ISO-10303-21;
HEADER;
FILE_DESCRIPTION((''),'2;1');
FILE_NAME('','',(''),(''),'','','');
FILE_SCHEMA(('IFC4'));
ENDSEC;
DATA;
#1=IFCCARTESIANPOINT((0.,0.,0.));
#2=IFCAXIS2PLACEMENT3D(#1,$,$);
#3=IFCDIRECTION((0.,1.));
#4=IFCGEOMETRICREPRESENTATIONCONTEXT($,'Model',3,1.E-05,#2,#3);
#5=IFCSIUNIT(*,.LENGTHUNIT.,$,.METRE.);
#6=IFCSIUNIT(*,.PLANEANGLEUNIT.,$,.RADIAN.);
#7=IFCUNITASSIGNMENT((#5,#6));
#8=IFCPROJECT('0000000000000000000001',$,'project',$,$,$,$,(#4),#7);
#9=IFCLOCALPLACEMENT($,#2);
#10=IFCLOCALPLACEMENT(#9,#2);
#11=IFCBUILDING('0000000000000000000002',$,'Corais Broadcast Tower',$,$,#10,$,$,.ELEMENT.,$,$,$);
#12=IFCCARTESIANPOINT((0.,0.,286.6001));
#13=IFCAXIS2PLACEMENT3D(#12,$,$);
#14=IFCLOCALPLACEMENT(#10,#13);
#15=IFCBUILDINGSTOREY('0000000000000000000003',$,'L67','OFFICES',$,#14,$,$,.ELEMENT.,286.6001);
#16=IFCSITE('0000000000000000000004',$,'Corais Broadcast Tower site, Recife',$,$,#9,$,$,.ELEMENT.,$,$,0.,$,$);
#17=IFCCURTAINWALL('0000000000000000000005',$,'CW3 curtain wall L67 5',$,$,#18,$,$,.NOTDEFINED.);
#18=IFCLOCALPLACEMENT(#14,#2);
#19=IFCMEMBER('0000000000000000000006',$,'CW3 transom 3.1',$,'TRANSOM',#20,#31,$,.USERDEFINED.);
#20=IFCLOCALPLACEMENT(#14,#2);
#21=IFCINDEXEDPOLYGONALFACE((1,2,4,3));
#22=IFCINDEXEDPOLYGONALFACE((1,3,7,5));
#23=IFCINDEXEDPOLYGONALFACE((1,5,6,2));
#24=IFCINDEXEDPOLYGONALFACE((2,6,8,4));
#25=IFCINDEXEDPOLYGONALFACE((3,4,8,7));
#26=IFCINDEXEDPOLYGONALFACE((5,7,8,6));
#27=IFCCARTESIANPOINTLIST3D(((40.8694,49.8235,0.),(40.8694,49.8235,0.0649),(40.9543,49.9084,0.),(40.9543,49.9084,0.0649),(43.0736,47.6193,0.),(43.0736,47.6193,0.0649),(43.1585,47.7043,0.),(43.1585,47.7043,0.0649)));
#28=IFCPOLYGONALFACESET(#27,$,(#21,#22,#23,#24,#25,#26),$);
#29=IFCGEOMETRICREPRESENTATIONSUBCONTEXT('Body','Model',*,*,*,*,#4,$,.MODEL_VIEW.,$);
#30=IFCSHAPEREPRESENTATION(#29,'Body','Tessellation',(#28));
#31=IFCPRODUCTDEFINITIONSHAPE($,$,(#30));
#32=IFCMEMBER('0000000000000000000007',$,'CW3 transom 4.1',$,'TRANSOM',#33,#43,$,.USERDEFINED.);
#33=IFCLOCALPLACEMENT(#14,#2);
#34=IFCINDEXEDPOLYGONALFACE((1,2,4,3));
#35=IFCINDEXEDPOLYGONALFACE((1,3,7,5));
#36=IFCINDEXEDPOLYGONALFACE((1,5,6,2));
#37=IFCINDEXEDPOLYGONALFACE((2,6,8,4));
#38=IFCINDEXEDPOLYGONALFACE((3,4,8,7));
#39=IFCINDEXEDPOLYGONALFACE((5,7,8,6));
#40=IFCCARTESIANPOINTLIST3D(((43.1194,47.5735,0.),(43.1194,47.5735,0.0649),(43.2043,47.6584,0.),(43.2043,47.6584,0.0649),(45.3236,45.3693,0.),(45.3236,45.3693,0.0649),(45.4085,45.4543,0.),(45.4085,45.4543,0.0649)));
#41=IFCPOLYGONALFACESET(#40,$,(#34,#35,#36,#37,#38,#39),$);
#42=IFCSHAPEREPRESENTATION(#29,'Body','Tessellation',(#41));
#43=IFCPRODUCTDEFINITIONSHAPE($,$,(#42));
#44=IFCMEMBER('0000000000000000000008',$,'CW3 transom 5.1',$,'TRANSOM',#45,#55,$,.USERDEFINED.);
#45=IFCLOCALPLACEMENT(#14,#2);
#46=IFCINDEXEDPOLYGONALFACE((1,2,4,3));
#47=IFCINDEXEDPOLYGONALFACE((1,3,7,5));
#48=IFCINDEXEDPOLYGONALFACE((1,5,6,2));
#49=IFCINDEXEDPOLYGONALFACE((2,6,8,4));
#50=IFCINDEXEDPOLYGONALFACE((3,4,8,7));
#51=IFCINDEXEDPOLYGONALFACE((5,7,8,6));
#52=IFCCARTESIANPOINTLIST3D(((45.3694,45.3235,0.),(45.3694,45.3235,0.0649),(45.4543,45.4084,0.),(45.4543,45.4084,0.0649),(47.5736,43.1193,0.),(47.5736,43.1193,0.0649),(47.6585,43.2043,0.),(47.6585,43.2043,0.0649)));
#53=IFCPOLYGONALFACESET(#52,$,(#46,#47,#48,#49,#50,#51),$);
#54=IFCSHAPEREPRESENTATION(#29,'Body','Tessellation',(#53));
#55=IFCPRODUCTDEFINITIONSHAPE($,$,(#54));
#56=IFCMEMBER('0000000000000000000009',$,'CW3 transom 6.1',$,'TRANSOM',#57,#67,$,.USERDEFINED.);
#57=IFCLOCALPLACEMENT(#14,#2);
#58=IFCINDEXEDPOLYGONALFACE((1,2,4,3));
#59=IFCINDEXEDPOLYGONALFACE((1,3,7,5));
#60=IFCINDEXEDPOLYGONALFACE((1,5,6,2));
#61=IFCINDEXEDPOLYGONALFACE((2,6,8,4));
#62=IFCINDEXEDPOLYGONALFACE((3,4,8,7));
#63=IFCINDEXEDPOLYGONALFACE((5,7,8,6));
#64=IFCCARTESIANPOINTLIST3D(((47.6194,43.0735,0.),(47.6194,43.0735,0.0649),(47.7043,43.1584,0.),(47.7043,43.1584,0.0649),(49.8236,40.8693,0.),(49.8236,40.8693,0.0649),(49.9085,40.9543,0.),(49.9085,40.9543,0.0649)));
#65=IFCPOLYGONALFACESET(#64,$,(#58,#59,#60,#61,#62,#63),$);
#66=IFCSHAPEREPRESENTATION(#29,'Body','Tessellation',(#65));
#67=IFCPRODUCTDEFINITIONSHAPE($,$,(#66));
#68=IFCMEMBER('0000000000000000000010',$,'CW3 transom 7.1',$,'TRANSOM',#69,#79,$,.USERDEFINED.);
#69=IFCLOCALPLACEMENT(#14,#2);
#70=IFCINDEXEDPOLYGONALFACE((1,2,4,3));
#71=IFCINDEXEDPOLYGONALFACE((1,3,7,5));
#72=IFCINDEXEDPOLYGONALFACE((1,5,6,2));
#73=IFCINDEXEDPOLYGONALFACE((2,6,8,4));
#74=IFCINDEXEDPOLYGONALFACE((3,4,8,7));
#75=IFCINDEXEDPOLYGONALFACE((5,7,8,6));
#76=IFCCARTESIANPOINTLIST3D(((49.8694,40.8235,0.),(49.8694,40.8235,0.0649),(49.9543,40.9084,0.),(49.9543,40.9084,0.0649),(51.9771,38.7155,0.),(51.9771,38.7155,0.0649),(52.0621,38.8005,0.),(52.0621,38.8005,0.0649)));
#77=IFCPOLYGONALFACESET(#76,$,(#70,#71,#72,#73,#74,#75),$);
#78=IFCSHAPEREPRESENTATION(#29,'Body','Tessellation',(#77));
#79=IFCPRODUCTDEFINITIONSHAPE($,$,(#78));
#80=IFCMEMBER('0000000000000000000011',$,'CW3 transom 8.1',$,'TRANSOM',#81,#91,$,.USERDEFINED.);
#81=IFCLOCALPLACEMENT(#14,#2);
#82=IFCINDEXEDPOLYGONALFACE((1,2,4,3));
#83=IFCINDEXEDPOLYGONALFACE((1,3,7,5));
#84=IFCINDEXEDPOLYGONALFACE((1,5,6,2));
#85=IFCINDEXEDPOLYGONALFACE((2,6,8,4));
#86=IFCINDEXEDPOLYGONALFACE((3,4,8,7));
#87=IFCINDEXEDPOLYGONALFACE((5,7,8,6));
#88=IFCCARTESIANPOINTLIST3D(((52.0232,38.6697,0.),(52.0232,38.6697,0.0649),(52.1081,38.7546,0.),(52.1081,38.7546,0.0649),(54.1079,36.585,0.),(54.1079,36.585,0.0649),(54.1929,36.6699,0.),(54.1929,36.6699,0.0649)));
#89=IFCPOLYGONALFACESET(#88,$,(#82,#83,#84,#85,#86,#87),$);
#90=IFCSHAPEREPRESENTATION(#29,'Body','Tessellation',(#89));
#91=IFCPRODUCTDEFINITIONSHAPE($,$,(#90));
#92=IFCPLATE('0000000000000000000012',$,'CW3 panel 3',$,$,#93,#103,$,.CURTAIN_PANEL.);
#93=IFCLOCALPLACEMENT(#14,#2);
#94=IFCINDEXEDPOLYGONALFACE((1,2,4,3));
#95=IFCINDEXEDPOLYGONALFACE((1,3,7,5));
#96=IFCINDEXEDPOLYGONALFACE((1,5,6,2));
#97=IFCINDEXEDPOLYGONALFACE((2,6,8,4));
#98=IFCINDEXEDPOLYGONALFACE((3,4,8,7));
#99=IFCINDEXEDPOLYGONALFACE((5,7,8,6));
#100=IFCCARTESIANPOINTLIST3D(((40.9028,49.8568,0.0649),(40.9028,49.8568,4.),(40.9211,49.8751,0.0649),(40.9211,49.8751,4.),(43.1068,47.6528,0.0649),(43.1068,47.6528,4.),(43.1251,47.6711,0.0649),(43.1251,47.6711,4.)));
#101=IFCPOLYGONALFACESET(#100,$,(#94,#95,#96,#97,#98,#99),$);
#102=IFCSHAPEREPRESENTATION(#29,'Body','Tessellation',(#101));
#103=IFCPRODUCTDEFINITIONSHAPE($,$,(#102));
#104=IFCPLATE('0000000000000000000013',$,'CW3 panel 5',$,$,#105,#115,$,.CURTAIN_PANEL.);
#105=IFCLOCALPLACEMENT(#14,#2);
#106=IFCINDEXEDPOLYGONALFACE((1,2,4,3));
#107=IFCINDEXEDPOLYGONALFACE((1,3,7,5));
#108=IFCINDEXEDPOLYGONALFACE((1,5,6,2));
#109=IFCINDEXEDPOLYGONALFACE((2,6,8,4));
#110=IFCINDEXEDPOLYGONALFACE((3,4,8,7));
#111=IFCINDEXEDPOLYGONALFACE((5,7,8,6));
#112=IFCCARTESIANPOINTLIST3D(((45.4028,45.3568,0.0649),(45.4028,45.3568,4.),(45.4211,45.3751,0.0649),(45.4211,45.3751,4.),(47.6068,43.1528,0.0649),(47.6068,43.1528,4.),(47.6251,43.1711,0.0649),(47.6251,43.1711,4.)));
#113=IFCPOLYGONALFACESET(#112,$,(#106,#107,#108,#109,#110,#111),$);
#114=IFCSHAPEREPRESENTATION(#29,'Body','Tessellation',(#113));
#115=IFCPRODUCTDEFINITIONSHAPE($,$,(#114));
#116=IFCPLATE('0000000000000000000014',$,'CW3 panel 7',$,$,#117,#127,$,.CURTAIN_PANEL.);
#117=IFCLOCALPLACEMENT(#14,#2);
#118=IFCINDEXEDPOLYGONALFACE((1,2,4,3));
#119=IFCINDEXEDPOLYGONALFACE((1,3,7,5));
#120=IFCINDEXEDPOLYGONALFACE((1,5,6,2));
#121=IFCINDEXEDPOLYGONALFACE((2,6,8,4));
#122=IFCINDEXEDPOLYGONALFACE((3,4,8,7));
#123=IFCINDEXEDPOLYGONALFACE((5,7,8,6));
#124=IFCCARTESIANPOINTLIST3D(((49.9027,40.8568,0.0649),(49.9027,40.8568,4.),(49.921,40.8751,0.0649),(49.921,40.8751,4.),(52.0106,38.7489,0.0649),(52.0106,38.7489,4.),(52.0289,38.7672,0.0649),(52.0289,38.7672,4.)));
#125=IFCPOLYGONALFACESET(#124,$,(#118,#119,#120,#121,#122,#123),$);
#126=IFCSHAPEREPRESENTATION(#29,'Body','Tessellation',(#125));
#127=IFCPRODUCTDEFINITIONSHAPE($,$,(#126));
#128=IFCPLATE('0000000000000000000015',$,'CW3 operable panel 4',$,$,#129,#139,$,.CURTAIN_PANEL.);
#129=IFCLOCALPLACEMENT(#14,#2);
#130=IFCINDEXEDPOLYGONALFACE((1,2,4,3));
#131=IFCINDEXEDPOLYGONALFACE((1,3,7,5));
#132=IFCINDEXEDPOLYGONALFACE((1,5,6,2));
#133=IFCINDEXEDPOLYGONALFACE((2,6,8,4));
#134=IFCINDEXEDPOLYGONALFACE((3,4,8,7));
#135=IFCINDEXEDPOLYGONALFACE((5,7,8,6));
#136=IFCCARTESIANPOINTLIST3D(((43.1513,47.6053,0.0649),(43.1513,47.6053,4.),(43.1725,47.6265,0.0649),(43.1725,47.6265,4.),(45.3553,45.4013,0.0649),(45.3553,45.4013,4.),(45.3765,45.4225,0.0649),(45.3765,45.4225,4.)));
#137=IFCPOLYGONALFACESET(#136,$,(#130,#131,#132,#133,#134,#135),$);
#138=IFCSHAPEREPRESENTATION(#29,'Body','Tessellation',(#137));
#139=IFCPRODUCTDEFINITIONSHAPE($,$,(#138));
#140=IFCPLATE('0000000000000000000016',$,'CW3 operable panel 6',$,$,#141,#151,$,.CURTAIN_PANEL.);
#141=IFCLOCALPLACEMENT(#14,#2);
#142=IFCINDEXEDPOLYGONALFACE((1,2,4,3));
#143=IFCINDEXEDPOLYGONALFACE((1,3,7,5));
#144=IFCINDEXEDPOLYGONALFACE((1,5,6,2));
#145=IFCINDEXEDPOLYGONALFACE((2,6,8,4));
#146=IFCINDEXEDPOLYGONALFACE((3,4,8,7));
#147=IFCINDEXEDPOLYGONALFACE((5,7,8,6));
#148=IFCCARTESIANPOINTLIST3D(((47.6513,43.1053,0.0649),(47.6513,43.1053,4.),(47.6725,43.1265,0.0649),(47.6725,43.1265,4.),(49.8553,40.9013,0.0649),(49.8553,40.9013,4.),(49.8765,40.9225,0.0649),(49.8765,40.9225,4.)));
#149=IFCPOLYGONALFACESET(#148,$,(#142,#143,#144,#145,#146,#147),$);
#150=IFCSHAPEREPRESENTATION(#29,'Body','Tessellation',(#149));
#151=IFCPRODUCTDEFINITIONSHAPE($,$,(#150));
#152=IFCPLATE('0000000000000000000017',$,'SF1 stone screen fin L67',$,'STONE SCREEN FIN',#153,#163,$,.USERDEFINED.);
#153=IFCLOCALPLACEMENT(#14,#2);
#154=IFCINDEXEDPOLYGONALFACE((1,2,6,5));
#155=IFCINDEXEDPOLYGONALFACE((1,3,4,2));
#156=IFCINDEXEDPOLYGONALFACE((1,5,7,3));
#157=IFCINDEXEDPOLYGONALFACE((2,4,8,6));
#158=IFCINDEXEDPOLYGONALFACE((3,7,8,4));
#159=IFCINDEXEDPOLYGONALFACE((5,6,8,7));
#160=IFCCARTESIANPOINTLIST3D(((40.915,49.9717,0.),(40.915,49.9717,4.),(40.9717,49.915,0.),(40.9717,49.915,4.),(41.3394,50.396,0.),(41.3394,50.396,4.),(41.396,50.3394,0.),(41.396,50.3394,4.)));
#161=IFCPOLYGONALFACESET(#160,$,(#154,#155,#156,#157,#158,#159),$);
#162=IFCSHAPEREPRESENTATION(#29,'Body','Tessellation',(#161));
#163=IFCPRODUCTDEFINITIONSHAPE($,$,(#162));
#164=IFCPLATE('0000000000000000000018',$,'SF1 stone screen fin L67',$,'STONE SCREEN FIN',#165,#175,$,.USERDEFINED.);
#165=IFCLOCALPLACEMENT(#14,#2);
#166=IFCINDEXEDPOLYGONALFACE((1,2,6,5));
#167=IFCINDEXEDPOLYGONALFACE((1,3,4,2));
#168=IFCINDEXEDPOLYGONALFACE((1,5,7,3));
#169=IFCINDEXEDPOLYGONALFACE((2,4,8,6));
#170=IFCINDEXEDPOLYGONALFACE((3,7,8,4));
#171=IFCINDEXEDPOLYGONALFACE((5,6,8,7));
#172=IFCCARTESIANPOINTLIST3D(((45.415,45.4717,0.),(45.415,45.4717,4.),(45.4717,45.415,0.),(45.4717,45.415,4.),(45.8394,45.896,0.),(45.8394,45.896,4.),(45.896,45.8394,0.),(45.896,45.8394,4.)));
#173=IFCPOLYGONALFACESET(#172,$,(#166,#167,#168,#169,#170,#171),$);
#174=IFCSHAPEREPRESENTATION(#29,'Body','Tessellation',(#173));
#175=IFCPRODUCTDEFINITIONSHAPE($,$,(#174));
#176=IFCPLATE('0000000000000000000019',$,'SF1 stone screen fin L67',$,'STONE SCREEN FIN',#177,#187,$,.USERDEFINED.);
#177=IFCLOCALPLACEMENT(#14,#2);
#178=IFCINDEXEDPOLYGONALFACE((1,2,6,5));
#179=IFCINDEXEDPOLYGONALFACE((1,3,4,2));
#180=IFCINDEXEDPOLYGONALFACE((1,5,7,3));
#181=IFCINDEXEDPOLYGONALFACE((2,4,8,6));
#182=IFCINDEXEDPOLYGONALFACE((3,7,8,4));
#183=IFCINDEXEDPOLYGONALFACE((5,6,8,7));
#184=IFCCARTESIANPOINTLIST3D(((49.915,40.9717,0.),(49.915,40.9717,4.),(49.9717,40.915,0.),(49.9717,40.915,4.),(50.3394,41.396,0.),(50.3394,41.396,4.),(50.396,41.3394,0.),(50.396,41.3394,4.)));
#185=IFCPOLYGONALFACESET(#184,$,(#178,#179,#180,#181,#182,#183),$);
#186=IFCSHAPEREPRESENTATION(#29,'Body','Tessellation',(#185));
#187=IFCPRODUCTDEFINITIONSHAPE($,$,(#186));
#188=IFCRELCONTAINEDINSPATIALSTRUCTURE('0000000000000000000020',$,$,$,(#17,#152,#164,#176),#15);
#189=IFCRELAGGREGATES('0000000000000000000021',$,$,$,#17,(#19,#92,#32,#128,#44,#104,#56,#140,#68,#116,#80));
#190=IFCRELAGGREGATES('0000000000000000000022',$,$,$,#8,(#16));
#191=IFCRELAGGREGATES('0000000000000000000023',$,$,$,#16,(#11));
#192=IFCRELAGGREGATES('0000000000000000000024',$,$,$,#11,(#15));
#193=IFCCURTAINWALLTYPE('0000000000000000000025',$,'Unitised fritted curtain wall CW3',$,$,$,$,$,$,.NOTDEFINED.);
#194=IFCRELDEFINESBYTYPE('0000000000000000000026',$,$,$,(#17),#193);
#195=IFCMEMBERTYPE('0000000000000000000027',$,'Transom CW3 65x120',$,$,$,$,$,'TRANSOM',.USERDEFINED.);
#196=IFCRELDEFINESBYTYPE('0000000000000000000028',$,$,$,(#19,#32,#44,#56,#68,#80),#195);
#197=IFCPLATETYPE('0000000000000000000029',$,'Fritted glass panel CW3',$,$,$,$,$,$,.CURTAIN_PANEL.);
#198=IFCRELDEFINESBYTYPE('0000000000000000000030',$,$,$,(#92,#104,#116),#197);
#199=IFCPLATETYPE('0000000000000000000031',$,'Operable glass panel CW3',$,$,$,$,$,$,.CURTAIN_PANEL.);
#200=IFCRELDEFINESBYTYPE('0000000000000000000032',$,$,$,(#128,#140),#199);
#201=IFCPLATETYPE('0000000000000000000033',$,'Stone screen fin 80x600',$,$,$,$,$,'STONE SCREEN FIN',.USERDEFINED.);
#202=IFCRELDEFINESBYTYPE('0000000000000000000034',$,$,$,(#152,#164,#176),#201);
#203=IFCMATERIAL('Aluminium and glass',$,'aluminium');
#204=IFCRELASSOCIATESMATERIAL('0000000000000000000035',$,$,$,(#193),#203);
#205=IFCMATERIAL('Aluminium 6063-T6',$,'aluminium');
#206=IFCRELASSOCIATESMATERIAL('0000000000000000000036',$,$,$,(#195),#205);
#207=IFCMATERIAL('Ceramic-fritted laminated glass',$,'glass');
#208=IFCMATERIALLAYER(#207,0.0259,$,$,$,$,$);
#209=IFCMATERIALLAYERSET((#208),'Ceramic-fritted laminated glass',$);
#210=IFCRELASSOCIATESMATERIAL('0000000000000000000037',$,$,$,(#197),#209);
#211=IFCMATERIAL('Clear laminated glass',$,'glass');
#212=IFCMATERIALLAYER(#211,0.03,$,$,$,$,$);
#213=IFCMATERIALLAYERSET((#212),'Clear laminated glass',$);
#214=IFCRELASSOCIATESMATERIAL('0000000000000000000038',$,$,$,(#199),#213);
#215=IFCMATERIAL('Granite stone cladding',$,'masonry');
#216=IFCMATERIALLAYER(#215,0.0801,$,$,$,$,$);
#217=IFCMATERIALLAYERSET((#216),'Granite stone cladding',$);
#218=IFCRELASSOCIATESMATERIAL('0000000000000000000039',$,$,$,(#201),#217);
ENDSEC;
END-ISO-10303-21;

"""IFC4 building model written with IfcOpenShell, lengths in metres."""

from ifc_helpers import new_model, si_unit, direction, frame, origin, origin_2d, place, context, subcontext, project, spatial, rectangle, extrude, material, layer, layer_set, material_profile, profile_set, type_object, element, aggregate, save


model = new_model("IFC4")

# Units and contexts
model_context = context("Model", 3, precision=1e-05, world=origin(), true_north=direction((0.0, 1.0)))
body_context = subcontext(model_context, "Body", "Model", "MODEL_VIEW")
ifc_project = project(units=[si_unit("LENGTHUNIT", "METRE"), si_unit("PLANEANGLEUNIT", "RADIAN")], contexts=[model_context])

# Site, building, storey
site_placement = place(None, origin())
site = spatial("IfcSite", under=ifc_project, at=site_placement, Name="Corais Broadcast Tower site, Recife", CompositionType="ELEMENT", RefElevation=0.0)
building_placement = place(site_placement, origin())
building = spatial("IfcBuilding", under=site, at=building_placement, Name="Corais Broadcast Tower", CompositionType="ELEMENT")
storey_placement = place(building_placement, frame((0.0, 0.0, 286.6001)))
storey = spatial("IfcBuildingStorey", under=building, at=storey_placement, Name="L67", Description="OFFICES", CompositionType="ELEMENT", Elevation=286.6001)

# Curtain wall
ifc_material_1 = material(Name="Aluminium and glass", Category="aluminium")
curtain_wall_type = type_object("IfcCurtainWallType", Name="Unitised fritted curtain wall CW3", PredefinedType="NOTDEFINED", material=ifc_material_1)
curtain_wall_placement = place(storey_placement, origin())
curtain_wall = element("IfcCurtainWall", 1, at=curtain_wall_placement, inside=storey, type_object=curtain_wall_type, Name="CW3 curtain wall L67 5", PredefinedType="NOTDEFINED")

# Members
ifc_material_2 = material(Name="Aluminium 6063-T6", Category="aluminium")
ifc_material_profile_1 = material_profile(ifc_material_2, rectangle(XDim=0.1201, YDim=0.0649, at=origin_2d()), Name="Transom CW3 65x120")
ifc_profile_set_1 = profile_set([ifc_material_profile_1], Name="Aluminium 6063-T6")
member_type_1 = type_object("IfcMemberType", Name="Transom CW3 65x120", ElementType="TRANSOM", PredefinedType="USERDEFINED", material=ifc_profile_set_1)
member_1_placement = place(storey_placement, frame((40.9119, 49.866, 0.0325), z_axis=(0.707107, -0.707107, 0.0), x_axis=(0.707107, 0.707107, 0.0)))
member_1 = element("IfcMember", 2, at=member_1_placement, type_object=member_type_1, Name="CW3 transom 3.1", ObjectType="TRANSOM", PredefinedType="USERDEFINED", context=body_context, shape_type="SweptSolid", body=[
    extrude(rectangle(XDim=0.1201, YDim=0.0649, at=origin_2d()), origin(), (0.0, 0.0, 1.0), 3.1172),
])
member_2_placement = place(storey_placement, frame((43.1619, 47.616, 0.0325), z_axis=(0.707107, -0.707107, 0.0), x_axis=(0.707107, 0.707107, 0.0)))
member_2 = element("IfcMember", 3, at=member_2_placement, type_object=member_type_1, Name="CW3 transom 4.1", ObjectType="TRANSOM", PredefinedType="USERDEFINED", context=body_context, shape_type="SweptSolid", body=[
    extrude(rectangle(XDim=0.1201, YDim=0.0649, at=origin_2d()), origin(), (0.0, 0.0, 1.0), 3.1172),
])
member_3_placement = place(storey_placement, frame((45.4119, 45.366, 0.0325), z_axis=(0.707107, -0.707107, 0.0), x_axis=(0.707107, 0.707107, 0.0)))
member_3 = element("IfcMember", 4, at=member_3_placement, type_object=member_type_1, Name="CW3 transom 5.1", ObjectType="TRANSOM", PredefinedType="USERDEFINED", context=body_context, shape_type="SweptSolid", body=[
    extrude(rectangle(XDim=0.1201, YDim=0.0649, at=origin_2d()), origin(), (0.0, 0.0, 1.0), 3.1172),
])
member_4_placement = place(storey_placement, frame((47.6619, 43.116, 0.0325), z_axis=(0.707107, -0.707107, 0.0), x_axis=(0.707107, 0.707107, 0.0)))
member_4 = element("IfcMember", 5, at=member_4_placement, type_object=member_type_1, Name="CW3 transom 6.1", ObjectType="TRANSOM", PredefinedType="USERDEFINED", context=body_context, shape_type="SweptSolid", body=[
    extrude(rectangle(XDim=0.1201, YDim=0.0649, at=origin_2d()), origin(), (0.0, 0.0, 1.0), 3.1172),
])
member_5_placement = place(storey_placement, frame((49.9119, 40.866, 0.0325), z_axis=(0.707066, -0.707148, 0.0), x_axis=(0.707148, 0.707066, 0.0)))
member_5 = element("IfcMember", 6, at=member_5_placement, type_object=member_type_1, Name="CW3 transom 7.1", ObjectType="TRANSOM", PredefinedType="USERDEFINED", context=body_context, shape_type="SweptSolid", body=[
    extrude(rectangle(XDim=0.1201, YDim=0.0649, at=origin_2d()), origin(), (0.0, 0.0, 1.0), 2.981),
])
member_6_placement = place(storey_placement, frame((52.0657, 38.7122, 0.0325), z_axis=(0.707107, -0.707107, 0.0), x_axis=(0.707107, 0.707107, 0.0)))
member_6 = element("IfcMember", 7, at=member_6_placement, type_object=member_type_1, Name="CW3 transom 8.1", ObjectType="TRANSOM", PredefinedType="USERDEFINED", context=body_context, shape_type="SweptSolid", body=[
    extrude(rectangle(XDim=0.1201, YDim=0.0649, at=origin_2d()), origin(), (0.0, 0.0, 1.0), 2.9482),
])

# Plates
ifc_material_3 = material(Name="Ceramic-fritted laminated glass", Category="glass")
ifc_layer_1 = layer(ifc_material_3, 0.0259)
ifc_layer_set_1 = layer_set([ifc_layer_1], Name="Ceramic-fritted laminated glass")
plate_type_1 = type_object("IfcPlateType", Name="Fritted glass panel CW3", PredefinedType="CURTAIN_PANEL", material=ifc_layer_set_1)
plate_1_placement = place(storey_placement, frame((42.0139, 48.7639, 0.0649), z_axis=(0.0, 0.0, 1.0), x_axis=(0.707107, -0.707107, 0.0)))
plate_1 = element("IfcPlate", 8, at=plate_1_placement, type_object=plate_type_1, Name="CW3 panel 3", PredefinedType="CURTAIN_PANEL", context=body_context, shape_type="SweptSolid", body=[
    extrude(rectangle(XDim=3.1169, YDim=0.0259, at=origin_2d()), origin(), (0.0, 0.0, 1.0), 3.9351),
])
plate_2_placement = place(storey_placement, frame((46.5139, 44.2639, 0.0649), z_axis=(0.0, 0.0, 1.0), x_axis=(0.707107, -0.707107, 0.0)))
plate_2 = element("IfcPlate", 9, at=plate_2_placement, type_object=plate_type_1, Name="CW3 panel 5", PredefinedType="CURTAIN_PANEL", context=body_context, shape_type="SweptSolid", body=[
    extrude(rectangle(XDim=3.1169, YDim=0.0259, at=origin_2d()), origin(), (0.0, 0.0, 1.0), 3.9351),
])
plate_3_placement = place(storey_placement, frame((50.9658, 39.812, 0.0649), z_axis=(0.0, 0.0, 1.0), x_axis=(0.707107, -0.707107, 0.0)))
plate_3 = element("IfcPlate", 10, at=plate_3_placement, type_object=plate_type_1, Name="CW3 panel 7", PredefinedType="CURTAIN_PANEL", context=body_context, shape_type="SweptSolid", body=[
    extrude(rectangle(XDim=2.981, YDim=0.0259, at=origin_2d()), origin(), (0.0, 0.0, 1.0), 3.9351),
])
ifc_material_4 = material(Name="Clear laminated glass", Category="glass")
ifc_layer_2 = layer(ifc_material_4, 0.03)
ifc_layer_set_2 = layer_set([ifc_layer_2], Name="Clear laminated glass")
plate_type_2 = type_object("IfcPlateType", Name="Operable glass panel CW3", PredefinedType="CURTAIN_PANEL", material=ifc_layer_set_2)
plate_4_placement = place(storey_placement, frame((44.2639, 46.5139, 0.0649), z_axis=(0.0, 0.0, 1.0), x_axis=(0.707107, -0.707107, 0.0)))
plate_4 = element("IfcPlate", 11, at=plate_4_placement, type_object=plate_type_2, Name="CW3 operable panel 4", PredefinedType="CURTAIN_PANEL", context=body_context, shape_type="SweptSolid", body=[
    extrude(rectangle(XDim=3.1169, YDim=0.03, at=origin_2d()), origin(), (0.0, 0.0, 1.0), 3.9351),
])
plate_5_placement = place(storey_placement, frame((48.7639, 42.0139, 0.0649), z_axis=(0.0, 0.0, 1.0), x_axis=(0.707107, -0.707107, 0.0)))
plate_5 = element("IfcPlate", 12, at=plate_5_placement, type_object=plate_type_2, Name="CW3 operable panel 6", PredefinedType="CURTAIN_PANEL", context=body_context, shape_type="SweptSolid", body=[
    extrude(rectangle(XDim=3.1169, YDim=0.03, at=origin_2d()), origin(), (0.0, 0.0, 1.0), 3.9351),
])
aggregate(curtain_wall, [member_1, plate_1, member_2, plate_4, member_3, plate_2, member_4, plate_5, member_5, plate_3, member_6])

# Plates
ifc_material_5 = material(Name="Granite stone cladding", Category="masonry")
ifc_layer_3 = layer(ifc_material_5, 0.0801)
ifc_layer_set_3 = layer_set([ifc_layer_3], Name="Granite stone cladding")
plate_type_3 = type_object("IfcPlateType", Name="Stone screen fin 80x600", ElementType="STONE SCREEN FIN", PredefinedType="USERDEFINED", material=ifc_layer_set_3)
for number, where, z_axis, x_axis, name in (
    (13, (41.1555, 50.1555, 0.0), (0.0, 0.0, 1.0), (0.707107, -0.707107, 0.0), "SF1 stone screen fin L67"),
    (14, (45.6555, 45.6555, 0.0), (0.0, 0.0, 1.0), (0.707107, -0.707107, 0.0), "SF1 stone screen fin L67"),
    (15, (50.1555, 41.1555, 0.0), (0.0, 0.0, 1.0), (0.707107, -0.707107, 0.0), "SF1 stone screen fin L67"),
):
    element("IfcPlate", number, at=place(storey_placement, frame(where, z_axis=z_axis, x_axis=x_axis)), inside=storey, type_object=plate_type_3, Name=name, ObjectType="STONE SCREEN FIN", PredefinedType="USERDEFINED", context=body_context, shape_type="SweptSolid", body=[
        extrude(rectangle(XDim=0.0801, YDim=0.6001, at=origin_2d()), origin(), (0.0, 0.0, 1.0), 4.0),
    ])

save(model, "model.ifc")
